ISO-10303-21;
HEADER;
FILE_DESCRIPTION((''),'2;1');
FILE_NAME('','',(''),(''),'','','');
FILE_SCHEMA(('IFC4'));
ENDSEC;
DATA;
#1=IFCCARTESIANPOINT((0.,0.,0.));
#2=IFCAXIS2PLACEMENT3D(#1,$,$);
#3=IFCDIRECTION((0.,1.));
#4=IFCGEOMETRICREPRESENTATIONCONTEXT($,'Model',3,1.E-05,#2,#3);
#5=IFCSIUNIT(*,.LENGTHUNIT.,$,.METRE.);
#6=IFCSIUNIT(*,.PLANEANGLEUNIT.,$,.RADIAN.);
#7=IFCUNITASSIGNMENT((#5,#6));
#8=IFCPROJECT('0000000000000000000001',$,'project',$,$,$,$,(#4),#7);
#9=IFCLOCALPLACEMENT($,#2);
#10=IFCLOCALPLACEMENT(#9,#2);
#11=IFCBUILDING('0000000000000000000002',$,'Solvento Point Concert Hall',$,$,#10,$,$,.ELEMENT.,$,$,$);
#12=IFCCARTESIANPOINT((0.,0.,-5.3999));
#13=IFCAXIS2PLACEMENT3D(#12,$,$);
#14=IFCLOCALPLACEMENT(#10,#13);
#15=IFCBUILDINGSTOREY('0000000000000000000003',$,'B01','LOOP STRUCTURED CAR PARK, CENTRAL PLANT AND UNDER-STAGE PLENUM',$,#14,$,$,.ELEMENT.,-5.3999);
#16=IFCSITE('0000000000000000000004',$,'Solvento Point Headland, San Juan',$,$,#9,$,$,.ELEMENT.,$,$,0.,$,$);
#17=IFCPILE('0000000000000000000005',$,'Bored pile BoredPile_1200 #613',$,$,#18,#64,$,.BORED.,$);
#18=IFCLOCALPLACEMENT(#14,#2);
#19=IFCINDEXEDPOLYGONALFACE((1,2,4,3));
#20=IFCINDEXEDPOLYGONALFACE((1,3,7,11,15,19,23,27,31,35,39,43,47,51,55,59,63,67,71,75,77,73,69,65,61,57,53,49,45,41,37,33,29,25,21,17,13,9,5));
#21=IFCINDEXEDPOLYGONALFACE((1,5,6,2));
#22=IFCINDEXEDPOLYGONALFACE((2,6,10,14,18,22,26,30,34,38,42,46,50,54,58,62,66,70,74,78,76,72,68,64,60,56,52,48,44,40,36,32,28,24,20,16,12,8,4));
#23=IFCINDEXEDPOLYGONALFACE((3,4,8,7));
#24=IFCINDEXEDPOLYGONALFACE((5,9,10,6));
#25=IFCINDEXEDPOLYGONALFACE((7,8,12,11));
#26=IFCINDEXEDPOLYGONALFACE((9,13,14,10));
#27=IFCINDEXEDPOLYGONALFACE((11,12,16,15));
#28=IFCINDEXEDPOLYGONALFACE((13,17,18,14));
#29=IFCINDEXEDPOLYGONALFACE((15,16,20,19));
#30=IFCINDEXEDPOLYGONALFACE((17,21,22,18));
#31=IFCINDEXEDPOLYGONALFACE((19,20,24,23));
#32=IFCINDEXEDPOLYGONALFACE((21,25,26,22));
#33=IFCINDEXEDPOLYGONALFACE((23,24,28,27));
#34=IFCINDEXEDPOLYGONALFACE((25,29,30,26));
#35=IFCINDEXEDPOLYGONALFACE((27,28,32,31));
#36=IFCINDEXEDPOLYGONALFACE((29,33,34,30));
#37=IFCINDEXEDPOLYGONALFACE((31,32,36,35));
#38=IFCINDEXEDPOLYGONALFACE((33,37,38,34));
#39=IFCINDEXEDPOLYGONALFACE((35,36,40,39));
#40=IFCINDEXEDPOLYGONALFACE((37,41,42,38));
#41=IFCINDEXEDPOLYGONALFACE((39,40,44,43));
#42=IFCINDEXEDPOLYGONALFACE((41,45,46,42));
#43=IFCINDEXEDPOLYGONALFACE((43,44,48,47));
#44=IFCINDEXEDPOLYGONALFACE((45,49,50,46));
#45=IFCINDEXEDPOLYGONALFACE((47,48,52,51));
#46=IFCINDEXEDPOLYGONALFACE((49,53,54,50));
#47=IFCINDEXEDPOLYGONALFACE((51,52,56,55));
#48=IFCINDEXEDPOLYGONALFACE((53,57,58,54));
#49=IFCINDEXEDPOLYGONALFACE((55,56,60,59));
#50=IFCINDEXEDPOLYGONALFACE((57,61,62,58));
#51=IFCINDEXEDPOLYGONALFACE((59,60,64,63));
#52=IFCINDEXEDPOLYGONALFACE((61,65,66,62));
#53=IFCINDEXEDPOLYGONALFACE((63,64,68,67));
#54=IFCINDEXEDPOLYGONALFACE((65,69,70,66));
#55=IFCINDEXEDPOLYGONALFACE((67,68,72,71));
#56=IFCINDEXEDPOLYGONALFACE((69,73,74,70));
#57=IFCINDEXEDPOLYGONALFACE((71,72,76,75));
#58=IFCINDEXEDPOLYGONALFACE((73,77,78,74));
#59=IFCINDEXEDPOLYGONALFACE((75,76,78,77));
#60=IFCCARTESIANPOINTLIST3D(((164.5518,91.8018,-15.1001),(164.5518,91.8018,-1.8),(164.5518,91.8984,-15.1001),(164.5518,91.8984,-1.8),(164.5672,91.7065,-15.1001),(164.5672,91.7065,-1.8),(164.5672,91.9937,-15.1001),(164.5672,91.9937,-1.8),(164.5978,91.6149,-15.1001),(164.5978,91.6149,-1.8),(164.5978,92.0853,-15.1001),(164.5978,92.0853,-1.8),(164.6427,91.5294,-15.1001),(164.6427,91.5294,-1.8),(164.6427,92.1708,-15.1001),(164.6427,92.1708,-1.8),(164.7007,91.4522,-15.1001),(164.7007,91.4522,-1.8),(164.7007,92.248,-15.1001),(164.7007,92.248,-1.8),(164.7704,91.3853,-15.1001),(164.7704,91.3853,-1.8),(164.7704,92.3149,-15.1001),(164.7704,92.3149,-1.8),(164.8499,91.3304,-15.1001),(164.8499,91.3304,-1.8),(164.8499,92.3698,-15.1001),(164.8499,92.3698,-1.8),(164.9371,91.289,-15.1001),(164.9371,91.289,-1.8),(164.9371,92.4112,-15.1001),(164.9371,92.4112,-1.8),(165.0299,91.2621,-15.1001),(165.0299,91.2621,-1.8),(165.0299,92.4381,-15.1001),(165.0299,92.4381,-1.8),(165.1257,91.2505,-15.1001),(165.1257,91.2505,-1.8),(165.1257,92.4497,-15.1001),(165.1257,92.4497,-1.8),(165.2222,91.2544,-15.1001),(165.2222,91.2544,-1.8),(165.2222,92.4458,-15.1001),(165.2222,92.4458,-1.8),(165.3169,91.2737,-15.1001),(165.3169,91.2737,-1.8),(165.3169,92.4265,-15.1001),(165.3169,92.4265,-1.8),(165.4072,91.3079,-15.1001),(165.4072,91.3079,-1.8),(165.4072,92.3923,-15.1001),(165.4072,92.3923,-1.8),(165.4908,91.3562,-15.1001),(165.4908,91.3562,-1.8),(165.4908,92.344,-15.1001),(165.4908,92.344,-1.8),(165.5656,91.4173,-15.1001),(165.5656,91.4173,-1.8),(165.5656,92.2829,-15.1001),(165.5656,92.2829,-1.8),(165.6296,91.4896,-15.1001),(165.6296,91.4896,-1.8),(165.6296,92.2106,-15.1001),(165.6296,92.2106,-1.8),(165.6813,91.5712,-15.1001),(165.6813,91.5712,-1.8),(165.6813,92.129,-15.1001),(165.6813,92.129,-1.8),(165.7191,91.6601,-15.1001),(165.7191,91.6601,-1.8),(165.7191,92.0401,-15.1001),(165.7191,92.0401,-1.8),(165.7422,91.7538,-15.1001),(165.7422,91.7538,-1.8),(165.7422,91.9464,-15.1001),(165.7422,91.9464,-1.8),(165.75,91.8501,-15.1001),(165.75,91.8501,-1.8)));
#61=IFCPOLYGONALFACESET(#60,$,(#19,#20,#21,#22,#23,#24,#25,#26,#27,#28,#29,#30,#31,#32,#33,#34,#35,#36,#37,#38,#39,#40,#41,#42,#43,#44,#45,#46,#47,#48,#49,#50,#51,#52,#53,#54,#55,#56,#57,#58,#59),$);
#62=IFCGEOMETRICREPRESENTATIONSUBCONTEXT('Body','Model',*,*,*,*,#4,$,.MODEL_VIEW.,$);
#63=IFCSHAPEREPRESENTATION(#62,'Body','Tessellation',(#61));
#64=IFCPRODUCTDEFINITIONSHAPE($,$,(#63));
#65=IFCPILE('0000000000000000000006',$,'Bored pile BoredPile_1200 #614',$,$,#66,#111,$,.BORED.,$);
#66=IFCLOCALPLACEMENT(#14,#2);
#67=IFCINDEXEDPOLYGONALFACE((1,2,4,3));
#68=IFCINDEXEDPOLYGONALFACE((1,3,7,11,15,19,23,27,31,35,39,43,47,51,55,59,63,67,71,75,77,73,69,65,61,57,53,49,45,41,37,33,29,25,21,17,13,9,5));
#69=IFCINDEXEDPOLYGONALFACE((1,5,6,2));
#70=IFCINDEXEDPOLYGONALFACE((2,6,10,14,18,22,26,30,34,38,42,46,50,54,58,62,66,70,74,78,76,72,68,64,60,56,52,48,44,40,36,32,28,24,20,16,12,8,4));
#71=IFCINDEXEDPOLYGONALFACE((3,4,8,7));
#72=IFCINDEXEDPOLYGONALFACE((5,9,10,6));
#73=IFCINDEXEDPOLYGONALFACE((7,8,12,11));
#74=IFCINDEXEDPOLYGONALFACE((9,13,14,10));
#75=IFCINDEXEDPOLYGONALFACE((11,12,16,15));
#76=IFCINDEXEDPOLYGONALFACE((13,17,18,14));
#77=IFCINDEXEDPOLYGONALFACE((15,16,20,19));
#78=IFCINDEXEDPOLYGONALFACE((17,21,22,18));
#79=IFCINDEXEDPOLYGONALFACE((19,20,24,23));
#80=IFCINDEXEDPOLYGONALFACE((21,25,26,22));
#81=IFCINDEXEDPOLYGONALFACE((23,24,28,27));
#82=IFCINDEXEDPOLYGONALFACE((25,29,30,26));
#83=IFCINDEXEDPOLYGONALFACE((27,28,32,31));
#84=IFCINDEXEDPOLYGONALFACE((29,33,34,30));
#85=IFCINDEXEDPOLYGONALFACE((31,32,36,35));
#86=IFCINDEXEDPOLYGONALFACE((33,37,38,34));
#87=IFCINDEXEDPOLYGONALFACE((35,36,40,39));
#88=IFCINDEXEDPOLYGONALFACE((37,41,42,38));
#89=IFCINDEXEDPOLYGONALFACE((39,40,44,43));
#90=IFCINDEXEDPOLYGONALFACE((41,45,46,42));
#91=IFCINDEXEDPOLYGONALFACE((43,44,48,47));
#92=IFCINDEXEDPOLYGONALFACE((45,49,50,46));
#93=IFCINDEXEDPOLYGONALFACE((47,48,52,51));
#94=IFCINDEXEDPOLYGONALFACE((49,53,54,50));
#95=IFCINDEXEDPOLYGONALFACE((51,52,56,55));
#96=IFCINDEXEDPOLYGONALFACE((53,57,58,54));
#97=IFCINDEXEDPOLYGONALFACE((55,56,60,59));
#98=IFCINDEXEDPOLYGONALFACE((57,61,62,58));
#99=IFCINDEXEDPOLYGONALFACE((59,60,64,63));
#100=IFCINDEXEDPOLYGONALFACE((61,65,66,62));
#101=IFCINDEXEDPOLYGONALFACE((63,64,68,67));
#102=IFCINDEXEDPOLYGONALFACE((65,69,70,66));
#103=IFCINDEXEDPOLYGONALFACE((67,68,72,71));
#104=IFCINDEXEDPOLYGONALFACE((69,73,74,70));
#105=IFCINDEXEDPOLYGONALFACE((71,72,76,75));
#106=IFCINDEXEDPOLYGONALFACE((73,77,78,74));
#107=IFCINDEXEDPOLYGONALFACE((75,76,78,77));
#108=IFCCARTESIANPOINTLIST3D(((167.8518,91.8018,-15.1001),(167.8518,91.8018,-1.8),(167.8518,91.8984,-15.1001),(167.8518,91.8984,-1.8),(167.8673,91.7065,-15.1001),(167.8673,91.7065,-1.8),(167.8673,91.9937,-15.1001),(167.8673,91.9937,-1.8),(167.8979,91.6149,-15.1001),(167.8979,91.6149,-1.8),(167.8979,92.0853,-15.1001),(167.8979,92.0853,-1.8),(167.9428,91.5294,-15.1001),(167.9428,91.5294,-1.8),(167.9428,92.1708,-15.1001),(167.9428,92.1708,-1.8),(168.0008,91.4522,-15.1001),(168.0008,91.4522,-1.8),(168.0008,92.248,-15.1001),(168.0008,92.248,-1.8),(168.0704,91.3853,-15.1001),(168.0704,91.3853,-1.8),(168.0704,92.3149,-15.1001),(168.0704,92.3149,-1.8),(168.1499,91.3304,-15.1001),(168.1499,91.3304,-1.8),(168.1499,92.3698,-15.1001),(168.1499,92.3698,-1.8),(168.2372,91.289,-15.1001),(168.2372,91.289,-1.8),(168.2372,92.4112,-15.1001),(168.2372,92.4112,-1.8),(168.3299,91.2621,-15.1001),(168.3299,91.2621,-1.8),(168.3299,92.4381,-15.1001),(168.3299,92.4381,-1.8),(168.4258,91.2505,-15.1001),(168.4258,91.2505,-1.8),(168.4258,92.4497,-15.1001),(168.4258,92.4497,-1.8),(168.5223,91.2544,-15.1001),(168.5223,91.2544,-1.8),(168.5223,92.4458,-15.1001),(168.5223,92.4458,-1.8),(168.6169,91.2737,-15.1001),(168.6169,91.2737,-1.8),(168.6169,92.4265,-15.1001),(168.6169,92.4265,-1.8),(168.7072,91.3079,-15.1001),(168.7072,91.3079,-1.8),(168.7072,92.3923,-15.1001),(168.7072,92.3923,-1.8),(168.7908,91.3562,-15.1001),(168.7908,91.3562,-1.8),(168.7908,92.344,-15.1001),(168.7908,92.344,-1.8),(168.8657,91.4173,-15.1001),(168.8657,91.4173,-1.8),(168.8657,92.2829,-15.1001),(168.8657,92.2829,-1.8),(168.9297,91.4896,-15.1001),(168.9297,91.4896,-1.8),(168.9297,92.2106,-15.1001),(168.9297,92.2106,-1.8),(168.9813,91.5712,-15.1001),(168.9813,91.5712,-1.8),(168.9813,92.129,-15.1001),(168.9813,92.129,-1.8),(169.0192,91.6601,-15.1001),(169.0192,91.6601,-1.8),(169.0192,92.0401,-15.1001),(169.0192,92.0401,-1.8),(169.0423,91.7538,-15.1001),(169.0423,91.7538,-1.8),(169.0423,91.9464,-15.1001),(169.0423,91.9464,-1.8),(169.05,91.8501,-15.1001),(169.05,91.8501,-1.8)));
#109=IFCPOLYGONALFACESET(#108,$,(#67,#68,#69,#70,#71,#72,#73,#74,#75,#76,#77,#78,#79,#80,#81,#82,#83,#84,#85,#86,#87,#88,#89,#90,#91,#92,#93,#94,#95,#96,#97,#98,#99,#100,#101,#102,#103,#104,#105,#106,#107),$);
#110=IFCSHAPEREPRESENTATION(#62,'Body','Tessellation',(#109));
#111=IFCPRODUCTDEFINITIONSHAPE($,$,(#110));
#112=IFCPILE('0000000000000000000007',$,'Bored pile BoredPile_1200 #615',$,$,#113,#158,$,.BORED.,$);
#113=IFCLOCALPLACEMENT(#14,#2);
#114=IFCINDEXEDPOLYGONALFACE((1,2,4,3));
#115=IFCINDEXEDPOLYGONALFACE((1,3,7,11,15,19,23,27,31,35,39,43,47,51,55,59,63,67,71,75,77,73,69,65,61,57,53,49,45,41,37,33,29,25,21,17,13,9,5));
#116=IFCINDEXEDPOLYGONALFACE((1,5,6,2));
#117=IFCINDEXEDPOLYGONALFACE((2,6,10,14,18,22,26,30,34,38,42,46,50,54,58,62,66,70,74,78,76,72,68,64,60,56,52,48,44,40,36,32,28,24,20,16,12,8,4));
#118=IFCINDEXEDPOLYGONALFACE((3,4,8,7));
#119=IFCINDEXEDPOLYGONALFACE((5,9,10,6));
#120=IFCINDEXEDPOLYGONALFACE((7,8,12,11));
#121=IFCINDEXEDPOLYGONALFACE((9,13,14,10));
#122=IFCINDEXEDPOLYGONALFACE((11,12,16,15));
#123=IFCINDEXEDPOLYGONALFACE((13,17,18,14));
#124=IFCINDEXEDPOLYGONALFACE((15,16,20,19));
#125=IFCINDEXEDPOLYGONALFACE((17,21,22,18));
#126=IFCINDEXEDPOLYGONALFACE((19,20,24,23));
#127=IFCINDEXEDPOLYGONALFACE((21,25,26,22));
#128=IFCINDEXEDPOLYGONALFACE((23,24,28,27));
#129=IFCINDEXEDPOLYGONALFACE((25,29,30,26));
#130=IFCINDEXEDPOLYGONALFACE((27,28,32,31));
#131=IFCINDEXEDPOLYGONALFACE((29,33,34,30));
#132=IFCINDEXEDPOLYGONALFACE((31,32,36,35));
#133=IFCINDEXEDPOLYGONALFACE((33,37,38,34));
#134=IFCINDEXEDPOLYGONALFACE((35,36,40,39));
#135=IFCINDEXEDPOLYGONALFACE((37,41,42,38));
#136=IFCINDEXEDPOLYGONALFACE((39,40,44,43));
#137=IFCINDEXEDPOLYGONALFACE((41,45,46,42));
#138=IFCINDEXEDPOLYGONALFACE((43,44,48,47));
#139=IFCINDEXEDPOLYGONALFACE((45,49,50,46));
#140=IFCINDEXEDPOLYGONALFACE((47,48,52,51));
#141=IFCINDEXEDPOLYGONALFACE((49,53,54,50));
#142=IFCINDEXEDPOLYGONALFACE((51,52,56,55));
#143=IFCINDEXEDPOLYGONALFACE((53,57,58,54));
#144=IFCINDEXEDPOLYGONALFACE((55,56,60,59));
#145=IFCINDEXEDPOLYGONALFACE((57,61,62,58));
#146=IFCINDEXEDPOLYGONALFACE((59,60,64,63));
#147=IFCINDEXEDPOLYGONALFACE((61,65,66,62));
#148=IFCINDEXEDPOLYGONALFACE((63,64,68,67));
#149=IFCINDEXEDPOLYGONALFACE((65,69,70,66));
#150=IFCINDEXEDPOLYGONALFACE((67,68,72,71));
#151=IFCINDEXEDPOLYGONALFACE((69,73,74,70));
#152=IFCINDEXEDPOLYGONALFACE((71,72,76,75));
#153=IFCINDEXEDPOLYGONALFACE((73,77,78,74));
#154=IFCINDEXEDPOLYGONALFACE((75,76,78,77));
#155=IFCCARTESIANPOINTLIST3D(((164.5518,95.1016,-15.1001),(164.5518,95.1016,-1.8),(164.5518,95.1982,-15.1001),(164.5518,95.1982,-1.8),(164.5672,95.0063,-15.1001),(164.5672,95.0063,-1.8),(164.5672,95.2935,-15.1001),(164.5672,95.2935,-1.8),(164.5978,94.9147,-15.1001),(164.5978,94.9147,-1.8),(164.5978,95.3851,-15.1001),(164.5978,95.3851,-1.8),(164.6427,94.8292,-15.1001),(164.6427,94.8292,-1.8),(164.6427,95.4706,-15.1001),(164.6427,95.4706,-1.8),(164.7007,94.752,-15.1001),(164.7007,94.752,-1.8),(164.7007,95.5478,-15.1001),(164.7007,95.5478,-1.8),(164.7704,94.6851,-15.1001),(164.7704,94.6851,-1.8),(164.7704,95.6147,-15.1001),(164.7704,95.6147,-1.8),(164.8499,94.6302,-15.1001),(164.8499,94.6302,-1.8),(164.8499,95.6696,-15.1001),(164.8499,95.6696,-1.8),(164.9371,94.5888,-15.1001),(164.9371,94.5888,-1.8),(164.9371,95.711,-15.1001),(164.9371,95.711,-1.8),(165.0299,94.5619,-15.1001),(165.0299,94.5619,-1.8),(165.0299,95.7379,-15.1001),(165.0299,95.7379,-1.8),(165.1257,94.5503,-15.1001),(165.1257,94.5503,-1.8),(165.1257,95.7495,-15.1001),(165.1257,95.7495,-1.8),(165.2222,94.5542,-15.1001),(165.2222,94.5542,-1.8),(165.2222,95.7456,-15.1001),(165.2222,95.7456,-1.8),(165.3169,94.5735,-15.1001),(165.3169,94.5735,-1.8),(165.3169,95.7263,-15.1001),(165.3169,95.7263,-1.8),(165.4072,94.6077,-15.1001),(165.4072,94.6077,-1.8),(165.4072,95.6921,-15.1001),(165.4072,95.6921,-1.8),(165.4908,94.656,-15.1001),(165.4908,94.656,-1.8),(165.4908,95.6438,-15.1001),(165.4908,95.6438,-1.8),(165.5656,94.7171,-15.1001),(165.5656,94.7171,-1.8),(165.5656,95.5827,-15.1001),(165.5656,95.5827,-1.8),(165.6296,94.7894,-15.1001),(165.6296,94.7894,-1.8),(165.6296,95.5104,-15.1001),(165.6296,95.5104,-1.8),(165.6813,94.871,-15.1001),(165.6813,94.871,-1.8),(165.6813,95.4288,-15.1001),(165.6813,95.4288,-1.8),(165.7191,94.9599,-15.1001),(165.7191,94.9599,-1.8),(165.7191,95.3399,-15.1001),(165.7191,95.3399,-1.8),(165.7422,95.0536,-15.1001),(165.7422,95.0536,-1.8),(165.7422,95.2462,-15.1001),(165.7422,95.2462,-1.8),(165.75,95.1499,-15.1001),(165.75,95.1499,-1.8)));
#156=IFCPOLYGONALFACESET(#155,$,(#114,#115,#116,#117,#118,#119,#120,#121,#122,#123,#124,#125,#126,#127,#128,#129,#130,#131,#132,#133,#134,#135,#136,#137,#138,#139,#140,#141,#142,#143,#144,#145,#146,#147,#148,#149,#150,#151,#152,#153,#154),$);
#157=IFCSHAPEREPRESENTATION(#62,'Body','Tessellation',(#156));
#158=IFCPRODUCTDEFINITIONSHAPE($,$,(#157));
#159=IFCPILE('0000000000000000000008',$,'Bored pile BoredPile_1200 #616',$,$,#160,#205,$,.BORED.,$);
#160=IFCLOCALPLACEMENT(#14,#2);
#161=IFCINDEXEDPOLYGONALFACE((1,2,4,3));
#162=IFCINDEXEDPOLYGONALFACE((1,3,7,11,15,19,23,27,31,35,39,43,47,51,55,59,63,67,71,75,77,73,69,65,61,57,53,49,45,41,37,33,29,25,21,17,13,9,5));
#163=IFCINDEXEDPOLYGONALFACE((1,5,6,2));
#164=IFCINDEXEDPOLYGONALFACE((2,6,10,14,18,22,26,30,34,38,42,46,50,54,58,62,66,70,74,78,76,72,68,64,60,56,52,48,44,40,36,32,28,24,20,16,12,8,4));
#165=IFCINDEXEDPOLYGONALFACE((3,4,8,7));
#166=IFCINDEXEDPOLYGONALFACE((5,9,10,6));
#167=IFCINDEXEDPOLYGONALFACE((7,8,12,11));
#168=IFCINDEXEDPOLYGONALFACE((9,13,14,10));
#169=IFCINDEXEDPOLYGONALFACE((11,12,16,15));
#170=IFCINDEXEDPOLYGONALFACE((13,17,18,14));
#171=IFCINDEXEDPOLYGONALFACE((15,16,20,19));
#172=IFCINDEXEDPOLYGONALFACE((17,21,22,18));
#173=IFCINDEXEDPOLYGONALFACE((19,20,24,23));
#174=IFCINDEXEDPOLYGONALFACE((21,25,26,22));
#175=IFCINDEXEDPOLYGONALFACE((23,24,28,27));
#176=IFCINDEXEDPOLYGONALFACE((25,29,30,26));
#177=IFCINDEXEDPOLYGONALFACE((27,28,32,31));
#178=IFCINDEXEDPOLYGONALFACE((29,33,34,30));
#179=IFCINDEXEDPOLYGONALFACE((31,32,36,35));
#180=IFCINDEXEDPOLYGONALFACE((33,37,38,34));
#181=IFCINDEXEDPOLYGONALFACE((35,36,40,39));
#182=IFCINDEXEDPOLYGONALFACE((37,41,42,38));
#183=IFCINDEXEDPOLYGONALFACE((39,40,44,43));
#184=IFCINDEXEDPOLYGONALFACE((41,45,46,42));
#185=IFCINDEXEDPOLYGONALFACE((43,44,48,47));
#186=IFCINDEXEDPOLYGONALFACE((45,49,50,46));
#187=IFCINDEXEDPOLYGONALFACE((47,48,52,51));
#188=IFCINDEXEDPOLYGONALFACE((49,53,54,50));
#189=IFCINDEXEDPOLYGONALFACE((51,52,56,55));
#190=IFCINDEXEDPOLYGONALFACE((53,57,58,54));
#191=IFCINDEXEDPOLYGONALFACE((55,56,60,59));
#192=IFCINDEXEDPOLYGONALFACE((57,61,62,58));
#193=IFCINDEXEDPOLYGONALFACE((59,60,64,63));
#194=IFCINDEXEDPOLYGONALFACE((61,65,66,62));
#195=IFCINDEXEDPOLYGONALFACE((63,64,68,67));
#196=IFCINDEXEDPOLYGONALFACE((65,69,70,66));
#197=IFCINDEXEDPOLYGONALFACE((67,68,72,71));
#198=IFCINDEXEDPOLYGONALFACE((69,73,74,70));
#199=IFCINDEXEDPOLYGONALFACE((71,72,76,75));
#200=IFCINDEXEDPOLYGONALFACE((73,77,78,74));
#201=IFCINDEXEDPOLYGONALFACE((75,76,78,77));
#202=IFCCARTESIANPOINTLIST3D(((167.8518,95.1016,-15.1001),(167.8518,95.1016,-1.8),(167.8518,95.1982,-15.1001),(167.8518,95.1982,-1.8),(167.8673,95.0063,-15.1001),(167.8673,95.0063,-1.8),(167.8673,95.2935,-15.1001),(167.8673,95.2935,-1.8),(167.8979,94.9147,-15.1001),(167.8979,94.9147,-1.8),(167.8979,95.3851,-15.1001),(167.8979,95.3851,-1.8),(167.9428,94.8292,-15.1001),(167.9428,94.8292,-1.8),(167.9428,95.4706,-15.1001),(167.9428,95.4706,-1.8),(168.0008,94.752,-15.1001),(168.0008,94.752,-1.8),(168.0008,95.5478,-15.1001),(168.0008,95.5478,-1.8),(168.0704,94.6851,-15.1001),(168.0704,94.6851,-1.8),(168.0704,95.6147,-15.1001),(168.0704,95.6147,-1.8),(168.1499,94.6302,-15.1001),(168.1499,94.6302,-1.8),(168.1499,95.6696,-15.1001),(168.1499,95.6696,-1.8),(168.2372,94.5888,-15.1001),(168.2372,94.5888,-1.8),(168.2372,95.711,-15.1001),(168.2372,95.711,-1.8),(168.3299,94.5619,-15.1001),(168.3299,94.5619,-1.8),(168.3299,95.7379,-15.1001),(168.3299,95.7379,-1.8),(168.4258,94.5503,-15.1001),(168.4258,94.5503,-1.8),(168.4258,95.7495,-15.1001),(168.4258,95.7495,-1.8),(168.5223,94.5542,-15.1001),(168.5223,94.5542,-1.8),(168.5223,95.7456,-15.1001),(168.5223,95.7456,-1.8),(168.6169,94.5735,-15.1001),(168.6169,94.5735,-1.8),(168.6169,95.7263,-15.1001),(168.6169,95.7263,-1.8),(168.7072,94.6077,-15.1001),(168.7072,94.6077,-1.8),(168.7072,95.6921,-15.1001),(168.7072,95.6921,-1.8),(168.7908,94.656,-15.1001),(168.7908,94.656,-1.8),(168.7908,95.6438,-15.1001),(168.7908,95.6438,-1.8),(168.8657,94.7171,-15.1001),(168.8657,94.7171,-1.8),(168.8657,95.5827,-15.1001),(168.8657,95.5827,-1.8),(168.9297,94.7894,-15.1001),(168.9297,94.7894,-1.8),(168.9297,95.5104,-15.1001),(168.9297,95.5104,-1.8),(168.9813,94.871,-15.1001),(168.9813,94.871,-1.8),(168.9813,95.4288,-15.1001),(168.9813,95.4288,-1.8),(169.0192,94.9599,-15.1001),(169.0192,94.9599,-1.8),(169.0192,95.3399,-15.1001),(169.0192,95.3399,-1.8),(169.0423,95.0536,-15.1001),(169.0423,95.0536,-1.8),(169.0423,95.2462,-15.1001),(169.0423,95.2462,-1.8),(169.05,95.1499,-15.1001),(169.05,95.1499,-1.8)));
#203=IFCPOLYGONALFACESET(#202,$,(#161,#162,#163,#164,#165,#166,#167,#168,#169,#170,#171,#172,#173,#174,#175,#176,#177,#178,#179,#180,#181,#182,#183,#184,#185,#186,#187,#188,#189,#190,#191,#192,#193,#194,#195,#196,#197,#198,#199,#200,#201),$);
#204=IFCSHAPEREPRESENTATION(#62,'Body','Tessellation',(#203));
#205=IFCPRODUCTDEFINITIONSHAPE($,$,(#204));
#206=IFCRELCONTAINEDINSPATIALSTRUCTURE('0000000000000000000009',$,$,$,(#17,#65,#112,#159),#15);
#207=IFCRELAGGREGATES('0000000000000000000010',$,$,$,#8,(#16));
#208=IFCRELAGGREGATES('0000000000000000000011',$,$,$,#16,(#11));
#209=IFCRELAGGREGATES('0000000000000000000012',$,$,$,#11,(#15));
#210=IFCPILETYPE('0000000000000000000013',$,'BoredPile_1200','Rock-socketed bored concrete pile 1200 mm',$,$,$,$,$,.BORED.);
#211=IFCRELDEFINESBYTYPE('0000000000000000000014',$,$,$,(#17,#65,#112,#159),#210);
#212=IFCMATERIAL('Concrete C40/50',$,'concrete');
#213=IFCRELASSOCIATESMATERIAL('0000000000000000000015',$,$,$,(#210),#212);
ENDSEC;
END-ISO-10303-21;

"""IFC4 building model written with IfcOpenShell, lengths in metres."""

from ifc_helpers import new_model, si_unit, direction, frame, origin, origin_2d, place, context, subcontext, project, spatial, circle, extrude, material, material_profile, profile_set, type_object, element, save


model = new_model("IFC4")

# Units and contexts
model_context = context("Model", 3, precision=1e-05, world=origin(), true_north=direction((0.0, 1.0)))
body_context = subcontext(model_context, "Body", "Model", "MODEL_VIEW")
ifc_project = project(units=[si_unit("LENGTHUNIT", "METRE"), si_unit("PLANEANGLEUNIT", "RADIAN")], contexts=[model_context])

# Site, building, storey
site_placement = place(None, origin())
site = spatial("IfcSite", under=ifc_project, at=site_placement, Name="Solvento Point Headland, San Juan", CompositionType="ELEMENT", RefElevation=0.0)
building_placement = place(site_placement, origin())
building = spatial("IfcBuilding", under=site, at=building_placement, Name="Solvento Point Concert Hall", CompositionType="ELEMENT")
storey_placement = place(building_placement, frame((0.0, 0.0, -5.3999)))
storey = spatial("IfcBuildingStorey", under=building, at=storey_placement, Name="B01", Description="LOOP STRUCTURED CAR PARK, CENTRAL PLANT AND UNDER-STAGE PLENUM", CompositionType="ELEMENT", Elevation=-5.3999)

# Piles
ifc_material_1 = material(Name="Concrete C40/50", Category="concrete")
ifc_material_profile_1 = material_profile(ifc_material_1, circle(Radius=0.6001, at=origin_2d()), Name="BP-1200")
ifc_profile_set_1 = profile_set([ifc_material_profile_1], Name="Concrete C40/50")
pile_type_1 = type_object("IfcPileType", Name="BoredPile_1200", Description="Rock-socketed bored concrete pile 1200 mm", PredefinedType="BORED", material=ifc_profile_set_1)
for number, where, z_axis, x_axis, name in (
    (1, (165.1499, 91.8501, -1.8), (0.0, 0.0, -1.0), (1.0, 0.0, 0.0), "Bored pile BoredPile_1200 #613"),
    (2, (168.45, 91.8501, -1.8), (0.0, 0.0, -1.0), (1.0, 0.0, 0.0), "Bored pile BoredPile_1200 #614"),
    (3, (165.1499, 95.1499, -1.8), (0.0, 0.0, -1.0), (1.0, 0.0, 0.0), "Bored pile BoredPile_1200 #615"),
    (4, (168.45, 95.1499, -1.8), (0.0, 0.0, -1.0), (1.0, 0.0, 0.0), "Bored pile BoredPile_1200 #616"),
):
    element("IfcPile", number, at=place(storey_placement, frame(where, z_axis=z_axis, x_axis=x_axis)), inside=storey, type_object=pile_type_1, Name=name, PredefinedType="BORED", context=body_context, shape_type="SweptSolid", body=[
        extrude(circle(Radius=0.6001, at=origin_2d()), origin(), (0.0, 0.0, 1.0), 13.3),
    ])

save(model, "model.ifc")
